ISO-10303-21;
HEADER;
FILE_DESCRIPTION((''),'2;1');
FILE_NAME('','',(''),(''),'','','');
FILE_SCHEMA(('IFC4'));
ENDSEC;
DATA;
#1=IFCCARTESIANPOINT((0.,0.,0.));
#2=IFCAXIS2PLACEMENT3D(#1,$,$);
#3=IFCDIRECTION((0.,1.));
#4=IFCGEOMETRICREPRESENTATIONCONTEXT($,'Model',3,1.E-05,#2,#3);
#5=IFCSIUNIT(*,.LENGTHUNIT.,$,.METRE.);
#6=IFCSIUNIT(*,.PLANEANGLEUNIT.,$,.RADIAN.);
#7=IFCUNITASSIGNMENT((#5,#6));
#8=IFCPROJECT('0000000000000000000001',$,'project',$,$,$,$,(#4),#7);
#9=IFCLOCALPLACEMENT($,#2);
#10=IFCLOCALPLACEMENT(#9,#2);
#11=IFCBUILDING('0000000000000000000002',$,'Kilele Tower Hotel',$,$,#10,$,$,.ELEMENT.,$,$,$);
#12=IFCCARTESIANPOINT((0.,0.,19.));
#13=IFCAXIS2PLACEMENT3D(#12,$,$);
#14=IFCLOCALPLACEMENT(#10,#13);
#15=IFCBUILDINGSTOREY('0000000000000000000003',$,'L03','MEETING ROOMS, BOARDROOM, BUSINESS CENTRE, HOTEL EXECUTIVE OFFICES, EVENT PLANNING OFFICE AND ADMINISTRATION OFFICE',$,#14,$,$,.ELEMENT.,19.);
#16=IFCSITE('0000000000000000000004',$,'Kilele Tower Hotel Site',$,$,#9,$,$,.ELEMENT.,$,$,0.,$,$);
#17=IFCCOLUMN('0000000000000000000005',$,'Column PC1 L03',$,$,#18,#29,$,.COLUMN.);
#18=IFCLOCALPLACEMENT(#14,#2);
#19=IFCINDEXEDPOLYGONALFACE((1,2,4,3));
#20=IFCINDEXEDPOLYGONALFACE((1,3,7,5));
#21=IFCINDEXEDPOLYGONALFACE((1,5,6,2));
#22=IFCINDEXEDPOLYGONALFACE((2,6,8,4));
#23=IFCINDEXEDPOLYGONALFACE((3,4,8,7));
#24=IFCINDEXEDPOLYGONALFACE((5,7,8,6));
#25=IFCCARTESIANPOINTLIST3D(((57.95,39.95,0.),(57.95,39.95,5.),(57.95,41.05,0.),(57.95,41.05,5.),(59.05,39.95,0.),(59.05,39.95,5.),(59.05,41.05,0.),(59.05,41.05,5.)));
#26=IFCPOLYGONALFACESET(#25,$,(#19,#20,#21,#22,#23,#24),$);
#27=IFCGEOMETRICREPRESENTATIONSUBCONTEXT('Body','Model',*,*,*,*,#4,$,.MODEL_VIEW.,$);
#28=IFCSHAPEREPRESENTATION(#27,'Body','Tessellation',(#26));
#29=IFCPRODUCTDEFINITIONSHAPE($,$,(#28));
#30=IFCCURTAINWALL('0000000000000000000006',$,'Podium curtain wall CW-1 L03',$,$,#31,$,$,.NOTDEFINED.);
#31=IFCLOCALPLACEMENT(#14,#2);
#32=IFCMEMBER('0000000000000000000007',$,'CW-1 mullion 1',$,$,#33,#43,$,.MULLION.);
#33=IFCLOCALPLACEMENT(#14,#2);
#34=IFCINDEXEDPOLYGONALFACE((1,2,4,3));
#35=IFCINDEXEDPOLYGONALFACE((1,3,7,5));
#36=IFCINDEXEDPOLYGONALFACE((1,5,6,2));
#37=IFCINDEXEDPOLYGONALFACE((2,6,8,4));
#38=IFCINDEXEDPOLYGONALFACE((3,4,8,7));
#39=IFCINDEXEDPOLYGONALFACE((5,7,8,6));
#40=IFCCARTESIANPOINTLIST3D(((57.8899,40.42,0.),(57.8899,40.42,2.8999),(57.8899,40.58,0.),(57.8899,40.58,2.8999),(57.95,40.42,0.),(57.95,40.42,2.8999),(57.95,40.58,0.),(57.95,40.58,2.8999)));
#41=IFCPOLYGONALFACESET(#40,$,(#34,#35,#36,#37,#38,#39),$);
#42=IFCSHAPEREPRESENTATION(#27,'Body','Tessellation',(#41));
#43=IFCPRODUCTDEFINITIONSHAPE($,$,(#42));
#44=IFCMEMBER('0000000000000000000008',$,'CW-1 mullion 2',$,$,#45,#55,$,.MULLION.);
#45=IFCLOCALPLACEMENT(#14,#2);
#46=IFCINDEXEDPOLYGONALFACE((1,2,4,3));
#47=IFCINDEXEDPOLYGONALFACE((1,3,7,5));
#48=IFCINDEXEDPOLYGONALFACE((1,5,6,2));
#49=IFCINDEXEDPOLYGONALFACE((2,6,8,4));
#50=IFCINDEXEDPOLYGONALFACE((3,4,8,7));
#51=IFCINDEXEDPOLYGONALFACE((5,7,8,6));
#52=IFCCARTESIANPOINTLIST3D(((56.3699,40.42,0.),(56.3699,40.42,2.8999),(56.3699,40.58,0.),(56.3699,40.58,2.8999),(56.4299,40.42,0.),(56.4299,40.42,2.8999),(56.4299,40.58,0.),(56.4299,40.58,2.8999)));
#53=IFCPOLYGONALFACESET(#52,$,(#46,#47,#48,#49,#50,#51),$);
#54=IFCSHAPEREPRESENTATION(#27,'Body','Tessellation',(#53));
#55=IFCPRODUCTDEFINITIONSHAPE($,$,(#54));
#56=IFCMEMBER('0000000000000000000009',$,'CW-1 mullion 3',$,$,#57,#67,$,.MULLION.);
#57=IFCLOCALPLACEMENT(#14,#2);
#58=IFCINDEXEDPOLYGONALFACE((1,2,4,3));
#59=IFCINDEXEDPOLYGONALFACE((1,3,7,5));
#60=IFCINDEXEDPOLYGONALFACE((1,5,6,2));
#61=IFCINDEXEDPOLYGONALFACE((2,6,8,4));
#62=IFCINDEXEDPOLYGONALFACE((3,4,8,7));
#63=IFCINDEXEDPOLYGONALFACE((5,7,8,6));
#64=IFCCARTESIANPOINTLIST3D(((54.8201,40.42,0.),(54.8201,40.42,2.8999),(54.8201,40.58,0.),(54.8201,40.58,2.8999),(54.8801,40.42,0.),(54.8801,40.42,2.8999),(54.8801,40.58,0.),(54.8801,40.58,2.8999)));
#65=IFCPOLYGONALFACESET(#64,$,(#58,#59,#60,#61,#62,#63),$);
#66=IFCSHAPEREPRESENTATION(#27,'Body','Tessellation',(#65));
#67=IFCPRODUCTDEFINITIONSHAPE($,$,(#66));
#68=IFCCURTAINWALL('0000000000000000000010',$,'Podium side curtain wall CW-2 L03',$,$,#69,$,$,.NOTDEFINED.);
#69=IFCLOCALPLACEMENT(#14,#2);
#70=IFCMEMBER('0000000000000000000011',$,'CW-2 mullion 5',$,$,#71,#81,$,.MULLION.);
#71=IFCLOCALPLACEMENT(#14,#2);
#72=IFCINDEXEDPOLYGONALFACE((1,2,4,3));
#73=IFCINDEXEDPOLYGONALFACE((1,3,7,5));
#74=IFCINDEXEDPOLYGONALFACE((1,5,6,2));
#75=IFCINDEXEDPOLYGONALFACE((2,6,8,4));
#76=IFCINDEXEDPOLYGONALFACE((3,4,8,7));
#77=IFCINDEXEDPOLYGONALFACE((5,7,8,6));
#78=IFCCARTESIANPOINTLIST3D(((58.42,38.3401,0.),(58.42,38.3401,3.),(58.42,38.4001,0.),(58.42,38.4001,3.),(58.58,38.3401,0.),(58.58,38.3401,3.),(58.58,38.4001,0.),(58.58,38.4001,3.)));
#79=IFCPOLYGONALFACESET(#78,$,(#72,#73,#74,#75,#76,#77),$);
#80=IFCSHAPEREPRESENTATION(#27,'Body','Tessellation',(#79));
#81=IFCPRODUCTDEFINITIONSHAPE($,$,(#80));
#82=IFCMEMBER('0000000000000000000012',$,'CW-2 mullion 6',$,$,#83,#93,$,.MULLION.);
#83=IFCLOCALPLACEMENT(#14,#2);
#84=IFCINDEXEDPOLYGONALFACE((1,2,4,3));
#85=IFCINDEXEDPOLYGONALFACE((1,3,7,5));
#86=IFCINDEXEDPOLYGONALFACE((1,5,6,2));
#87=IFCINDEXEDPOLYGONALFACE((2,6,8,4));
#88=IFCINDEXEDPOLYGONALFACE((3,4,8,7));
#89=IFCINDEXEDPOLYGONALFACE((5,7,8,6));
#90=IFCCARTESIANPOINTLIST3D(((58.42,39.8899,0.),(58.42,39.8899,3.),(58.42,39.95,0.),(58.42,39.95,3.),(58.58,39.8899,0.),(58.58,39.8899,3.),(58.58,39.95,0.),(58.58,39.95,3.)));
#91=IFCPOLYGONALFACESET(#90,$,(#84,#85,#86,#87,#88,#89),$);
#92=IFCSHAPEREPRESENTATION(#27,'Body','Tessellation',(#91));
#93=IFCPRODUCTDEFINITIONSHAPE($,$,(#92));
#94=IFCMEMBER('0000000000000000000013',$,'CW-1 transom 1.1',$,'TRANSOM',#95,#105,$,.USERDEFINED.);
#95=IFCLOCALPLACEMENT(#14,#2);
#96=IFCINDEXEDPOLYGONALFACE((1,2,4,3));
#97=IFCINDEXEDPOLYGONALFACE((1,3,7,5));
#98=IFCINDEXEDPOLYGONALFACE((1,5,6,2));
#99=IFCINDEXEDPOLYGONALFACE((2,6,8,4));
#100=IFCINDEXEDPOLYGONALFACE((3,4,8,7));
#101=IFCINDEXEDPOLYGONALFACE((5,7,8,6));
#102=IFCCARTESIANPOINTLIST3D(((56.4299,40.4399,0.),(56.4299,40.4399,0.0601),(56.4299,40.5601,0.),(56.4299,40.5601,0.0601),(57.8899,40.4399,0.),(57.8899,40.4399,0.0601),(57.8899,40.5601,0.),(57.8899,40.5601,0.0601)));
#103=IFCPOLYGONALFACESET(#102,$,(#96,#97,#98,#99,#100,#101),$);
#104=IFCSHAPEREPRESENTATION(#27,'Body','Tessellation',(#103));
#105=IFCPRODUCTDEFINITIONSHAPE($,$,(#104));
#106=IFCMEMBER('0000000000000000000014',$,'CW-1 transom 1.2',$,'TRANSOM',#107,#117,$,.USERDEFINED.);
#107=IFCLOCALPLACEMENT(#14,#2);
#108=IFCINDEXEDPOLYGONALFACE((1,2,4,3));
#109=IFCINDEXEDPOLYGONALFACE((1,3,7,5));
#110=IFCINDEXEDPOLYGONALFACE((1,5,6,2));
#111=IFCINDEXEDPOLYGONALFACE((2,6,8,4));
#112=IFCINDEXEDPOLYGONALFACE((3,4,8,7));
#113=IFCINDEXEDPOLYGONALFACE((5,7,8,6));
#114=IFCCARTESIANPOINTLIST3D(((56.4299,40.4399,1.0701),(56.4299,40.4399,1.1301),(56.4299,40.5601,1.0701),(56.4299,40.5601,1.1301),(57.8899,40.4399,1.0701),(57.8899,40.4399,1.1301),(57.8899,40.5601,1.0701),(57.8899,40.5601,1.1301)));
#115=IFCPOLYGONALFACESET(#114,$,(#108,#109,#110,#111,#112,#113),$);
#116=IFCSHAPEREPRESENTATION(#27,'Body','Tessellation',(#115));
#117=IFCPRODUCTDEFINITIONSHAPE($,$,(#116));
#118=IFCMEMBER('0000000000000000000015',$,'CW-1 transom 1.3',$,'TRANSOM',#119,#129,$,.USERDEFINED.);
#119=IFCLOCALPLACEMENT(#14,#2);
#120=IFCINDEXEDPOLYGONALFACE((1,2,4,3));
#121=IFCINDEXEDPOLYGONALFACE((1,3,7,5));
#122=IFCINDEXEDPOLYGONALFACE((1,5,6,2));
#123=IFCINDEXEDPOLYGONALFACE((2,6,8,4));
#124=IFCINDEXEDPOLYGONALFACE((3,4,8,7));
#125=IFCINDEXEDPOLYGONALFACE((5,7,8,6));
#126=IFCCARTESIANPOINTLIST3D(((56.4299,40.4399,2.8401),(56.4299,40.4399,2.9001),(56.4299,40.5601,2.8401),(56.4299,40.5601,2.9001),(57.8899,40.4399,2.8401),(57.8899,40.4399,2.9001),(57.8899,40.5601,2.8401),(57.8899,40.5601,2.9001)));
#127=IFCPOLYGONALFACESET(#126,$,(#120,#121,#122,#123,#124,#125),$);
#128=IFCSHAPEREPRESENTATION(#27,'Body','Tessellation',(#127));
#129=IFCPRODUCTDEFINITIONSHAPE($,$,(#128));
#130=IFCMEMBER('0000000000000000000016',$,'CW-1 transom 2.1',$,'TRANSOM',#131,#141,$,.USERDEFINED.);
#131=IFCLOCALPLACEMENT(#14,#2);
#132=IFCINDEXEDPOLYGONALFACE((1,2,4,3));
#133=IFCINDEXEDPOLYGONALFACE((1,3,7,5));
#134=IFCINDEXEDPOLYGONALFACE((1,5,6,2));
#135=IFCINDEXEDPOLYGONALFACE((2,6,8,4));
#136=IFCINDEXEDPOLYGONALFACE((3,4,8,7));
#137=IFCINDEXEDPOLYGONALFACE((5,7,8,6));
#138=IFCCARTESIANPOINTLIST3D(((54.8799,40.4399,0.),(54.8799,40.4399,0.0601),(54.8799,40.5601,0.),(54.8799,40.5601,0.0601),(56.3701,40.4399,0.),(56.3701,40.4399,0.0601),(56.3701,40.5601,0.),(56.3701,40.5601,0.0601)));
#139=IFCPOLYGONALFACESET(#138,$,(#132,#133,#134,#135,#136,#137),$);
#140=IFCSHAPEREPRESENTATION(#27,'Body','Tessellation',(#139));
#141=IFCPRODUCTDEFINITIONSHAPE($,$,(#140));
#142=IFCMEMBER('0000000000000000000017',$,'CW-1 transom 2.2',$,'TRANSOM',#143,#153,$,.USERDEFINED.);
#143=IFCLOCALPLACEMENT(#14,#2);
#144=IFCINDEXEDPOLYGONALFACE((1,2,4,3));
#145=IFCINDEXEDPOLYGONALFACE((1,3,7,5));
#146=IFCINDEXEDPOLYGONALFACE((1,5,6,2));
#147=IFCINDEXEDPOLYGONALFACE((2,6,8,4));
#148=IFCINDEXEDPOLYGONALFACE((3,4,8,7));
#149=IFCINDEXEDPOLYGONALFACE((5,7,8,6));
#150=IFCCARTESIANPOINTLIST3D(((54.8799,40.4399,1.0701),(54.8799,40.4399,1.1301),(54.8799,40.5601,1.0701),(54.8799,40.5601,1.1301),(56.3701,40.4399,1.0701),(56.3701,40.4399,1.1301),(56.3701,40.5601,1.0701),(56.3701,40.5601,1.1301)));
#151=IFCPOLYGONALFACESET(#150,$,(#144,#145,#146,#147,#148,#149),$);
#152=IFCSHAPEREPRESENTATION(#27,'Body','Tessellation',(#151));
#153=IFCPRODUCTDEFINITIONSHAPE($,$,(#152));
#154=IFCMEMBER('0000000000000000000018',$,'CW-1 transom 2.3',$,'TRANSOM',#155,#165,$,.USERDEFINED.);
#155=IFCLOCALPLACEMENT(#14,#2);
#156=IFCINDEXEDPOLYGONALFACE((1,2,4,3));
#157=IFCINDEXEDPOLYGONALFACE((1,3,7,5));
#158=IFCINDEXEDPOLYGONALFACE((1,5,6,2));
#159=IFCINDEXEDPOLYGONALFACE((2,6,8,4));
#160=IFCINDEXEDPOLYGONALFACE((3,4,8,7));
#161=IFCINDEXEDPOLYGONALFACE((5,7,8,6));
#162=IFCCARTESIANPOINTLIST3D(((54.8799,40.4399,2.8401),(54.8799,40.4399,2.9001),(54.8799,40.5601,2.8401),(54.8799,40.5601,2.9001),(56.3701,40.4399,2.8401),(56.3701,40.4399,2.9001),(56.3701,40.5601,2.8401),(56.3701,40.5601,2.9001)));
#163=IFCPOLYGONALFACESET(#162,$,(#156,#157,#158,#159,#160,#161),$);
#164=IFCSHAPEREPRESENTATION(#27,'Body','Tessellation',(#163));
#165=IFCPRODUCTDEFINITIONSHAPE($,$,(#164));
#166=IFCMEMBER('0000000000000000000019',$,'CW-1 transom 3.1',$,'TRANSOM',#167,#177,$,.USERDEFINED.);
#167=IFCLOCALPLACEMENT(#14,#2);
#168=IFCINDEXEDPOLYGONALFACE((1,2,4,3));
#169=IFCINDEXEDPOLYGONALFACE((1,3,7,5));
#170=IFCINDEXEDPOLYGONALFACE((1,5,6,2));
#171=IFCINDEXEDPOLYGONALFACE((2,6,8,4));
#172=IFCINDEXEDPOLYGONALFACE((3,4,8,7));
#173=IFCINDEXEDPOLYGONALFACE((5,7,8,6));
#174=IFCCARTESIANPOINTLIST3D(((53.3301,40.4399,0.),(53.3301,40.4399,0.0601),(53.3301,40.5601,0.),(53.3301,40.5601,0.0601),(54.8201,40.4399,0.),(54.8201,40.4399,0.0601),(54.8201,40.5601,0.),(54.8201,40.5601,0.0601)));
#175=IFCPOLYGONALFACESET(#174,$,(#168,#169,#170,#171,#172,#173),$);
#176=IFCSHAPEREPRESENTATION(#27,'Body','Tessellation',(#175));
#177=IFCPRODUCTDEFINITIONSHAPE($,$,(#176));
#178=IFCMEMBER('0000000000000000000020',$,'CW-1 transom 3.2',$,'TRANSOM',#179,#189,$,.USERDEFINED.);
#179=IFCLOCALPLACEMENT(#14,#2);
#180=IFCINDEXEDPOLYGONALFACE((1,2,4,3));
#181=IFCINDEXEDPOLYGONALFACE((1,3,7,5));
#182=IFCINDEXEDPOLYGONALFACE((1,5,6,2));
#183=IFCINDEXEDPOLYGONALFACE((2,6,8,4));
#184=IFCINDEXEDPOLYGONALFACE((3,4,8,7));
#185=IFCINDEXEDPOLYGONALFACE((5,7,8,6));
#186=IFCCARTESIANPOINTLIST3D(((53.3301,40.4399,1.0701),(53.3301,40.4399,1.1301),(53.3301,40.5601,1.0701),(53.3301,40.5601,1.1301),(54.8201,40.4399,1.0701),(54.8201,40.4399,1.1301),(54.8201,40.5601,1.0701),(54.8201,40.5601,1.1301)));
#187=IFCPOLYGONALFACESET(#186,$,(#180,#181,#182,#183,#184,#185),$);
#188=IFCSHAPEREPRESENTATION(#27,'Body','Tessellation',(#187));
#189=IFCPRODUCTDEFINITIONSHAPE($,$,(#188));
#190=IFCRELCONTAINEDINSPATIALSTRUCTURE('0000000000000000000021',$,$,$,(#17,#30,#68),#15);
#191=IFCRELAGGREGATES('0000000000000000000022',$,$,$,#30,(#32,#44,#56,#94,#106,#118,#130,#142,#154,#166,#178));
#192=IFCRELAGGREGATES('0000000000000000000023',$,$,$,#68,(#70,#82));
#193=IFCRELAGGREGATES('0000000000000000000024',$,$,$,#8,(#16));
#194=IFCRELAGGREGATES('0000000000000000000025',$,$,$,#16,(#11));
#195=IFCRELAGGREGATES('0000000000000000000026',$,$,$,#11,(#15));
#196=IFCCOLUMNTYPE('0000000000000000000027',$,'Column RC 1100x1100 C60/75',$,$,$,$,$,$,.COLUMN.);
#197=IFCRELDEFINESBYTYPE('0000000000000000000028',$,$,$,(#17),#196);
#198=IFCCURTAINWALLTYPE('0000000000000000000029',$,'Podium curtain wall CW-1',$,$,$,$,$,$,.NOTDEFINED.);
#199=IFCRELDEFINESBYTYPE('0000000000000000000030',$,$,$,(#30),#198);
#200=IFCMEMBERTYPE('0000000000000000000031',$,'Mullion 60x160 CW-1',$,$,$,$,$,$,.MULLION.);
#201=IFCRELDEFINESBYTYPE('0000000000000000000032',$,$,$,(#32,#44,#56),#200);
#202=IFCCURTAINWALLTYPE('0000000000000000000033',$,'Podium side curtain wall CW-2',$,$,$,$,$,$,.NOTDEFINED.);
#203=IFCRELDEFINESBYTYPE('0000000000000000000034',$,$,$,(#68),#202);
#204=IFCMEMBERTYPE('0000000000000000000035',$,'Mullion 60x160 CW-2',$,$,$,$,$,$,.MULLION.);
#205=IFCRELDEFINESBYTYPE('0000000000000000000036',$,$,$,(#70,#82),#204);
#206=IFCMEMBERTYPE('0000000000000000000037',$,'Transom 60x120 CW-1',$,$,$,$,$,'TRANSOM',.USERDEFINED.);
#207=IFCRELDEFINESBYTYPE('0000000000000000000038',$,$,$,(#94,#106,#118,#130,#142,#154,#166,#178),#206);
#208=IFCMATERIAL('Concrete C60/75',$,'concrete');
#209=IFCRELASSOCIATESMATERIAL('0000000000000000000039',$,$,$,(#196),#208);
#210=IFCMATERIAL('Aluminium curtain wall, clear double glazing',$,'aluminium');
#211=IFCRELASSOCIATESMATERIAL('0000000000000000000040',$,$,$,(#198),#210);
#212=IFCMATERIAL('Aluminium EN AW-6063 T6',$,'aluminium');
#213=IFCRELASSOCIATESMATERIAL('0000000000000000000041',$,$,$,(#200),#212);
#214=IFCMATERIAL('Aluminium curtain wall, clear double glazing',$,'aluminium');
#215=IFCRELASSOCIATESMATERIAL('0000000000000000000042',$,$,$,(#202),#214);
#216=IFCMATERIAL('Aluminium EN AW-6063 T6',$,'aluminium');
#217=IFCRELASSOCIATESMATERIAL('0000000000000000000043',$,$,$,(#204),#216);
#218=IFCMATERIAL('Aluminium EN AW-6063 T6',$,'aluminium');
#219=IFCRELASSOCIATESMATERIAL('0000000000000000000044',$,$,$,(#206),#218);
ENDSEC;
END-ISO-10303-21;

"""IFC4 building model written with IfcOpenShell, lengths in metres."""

from ifc_helpers import new_model, si_unit, direction, frame, origin, origin_2d, place, context, subcontext, project, spatial, rectangle, extrude, material, material_profile, profile_set, type_object, element, aggregate, save


model = new_model("IFC4")

# Units and contexts
model_context = context("Model", 3, precision=1e-05, world=origin(), true_north=direction((0.0, 1.0)))
body_context = subcontext(model_context, "Body", "Model", "MODEL_VIEW")
ifc_project = project(units=[si_unit("LENGTHUNIT", "METRE"), si_unit("PLANEANGLEUNIT", "RADIAN")], contexts=[model_context])

# Site, building, storey
site_placement = place(None, origin())
site = spatial("IfcSite", under=ifc_project, at=site_placement, Name="Kilele Tower Hotel Site", CompositionType="ELEMENT", RefElevation=0.0)
building_placement = place(site_placement, origin())
building = spatial("IfcBuilding", under=site, at=building_placement, Name="Kilele Tower Hotel", CompositionType="ELEMENT")
storey_placement = place(building_placement, frame((0.0, 0.0, 19.0)))
storey = spatial("IfcBuildingStorey", under=building, at=storey_placement, Name="L03", Description="MEETING ROOMS, BOARDROOM, BUSINESS CENTRE, HOTEL EXECUTIVE OFFICES, EVENT PLANNING OFFICE AND ADMINISTRATION OFFICE", CompositionType="ELEMENT", Elevation=19.0)

# Column
ifc_material_1 = material(Name="Concrete C60/75", Category="concrete")
ifc_material_profile_1 = material_profile(ifc_material_1, rectangle(XDim=1.1001, YDim=1.1001, at=origin_2d()))
ifc_profile_set_1 = profile_set([ifc_material_profile_1], Name="Concrete C60/75")
column_type = type_object("IfcColumnType", Name="Column RC 1100x1100 C60/75", PredefinedType="COLUMN", material=ifc_profile_set_1)
column_placement = place(storey_placement, frame((58.5, 40.5, 0.0), z_axis=(0.0, 0.0, 1.0), x_axis=(1.0, 0.0, 0.0)))
element("IfcColumn", 1, at=column_placement, inside=storey, type_object=column_type, Name="Column PC1 L03", PredefinedType="COLUMN", context=body_context, shape_type="SweptSolid", body=[
    extrude(rectangle(XDim=1.1001, YDim=1.1001, at=origin_2d()), origin(), (0.0, 0.0, 1.0), 5.0),
])

# Curtain walls, members
ifc_material_2 = material(Name="Aluminium curtain wall, clear double glazing", Category="aluminium")
curtain_wall_type_1 = type_object("IfcCurtainWallType", Name="Podium curtain wall CW-1", PredefinedType="NOTDEFINED", material=ifc_material_2)
curtain_wall_1_placement = place(storey_placement, origin())
curtain_wall_1 = element("IfcCurtainWall", 2, at=curtain_wall_1_placement, inside=storey, type_object=curtain_wall_type_1, Name="Podium curtain wall CW-1 L03", PredefinedType="NOTDEFINED")
ifc_material_3 = material(Name="Aluminium EN AW-6063 T6", Category="aluminium")
ifc_material_profile_2 = material_profile(ifc_material_3, rectangle(XDim=0.1599, YDim=0.0601, at=origin_2d()))
ifc_profile_set_2 = profile_set([ifc_material_profile_2], Name="Aluminium EN AW-6063 T6")
member_type_1 = type_object("IfcMemberType", Name="Mullion 60x160 CW-1", PredefinedType="MULLION", material=ifc_profile_set_2)
member_1_placement = place(storey_placement, frame((57.9199, 40.5, 0.0), z_axis=(0.0, 0.0, 1.0), x_axis=(0.0, -1.0, 0.0)))
member_1 = element("IfcMember", 3, at=member_1_placement, type_object=member_type_1, Name="CW-1 mullion 1", PredefinedType="MULLION", context=body_context, shape_type="SweptSolid", body=[
    extrude(rectangle(XDim=0.1599, YDim=0.0601, at=origin_2d()), origin(), (0.0, 0.0, 1.0), 2.8999),
])
member_2_placement = place(storey_placement, frame((56.3999, 40.5, 0.0), z_axis=(0.0, 0.0, 1.0), x_axis=(0.0, -1.0, 0.0)))
member_2 = element("IfcMember", 4, at=member_2_placement, type_object=member_type_1, Name="CW-1 mullion 2", PredefinedType="MULLION", context=body_context, shape_type="SweptSolid", body=[
    extrude(rectangle(XDim=0.1599, YDim=0.0601, at=origin_2d()), origin(), (0.0, 0.0, 1.0), 2.8999),
])
member_3_placement = place(storey_placement, frame((54.8501, 40.5, 0.0), z_axis=(0.0, 0.0, 1.0), x_axis=(0.0, -1.0, 0.0)))
member_3 = element("IfcMember", 5, at=member_3_placement, type_object=member_type_1, Name="CW-1 mullion 3", PredefinedType="MULLION", context=body_context, shape_type="SweptSolid", body=[
    extrude(rectangle(XDim=0.1599, YDim=0.0601, at=origin_2d()), origin(), (0.0, 0.0, 1.0), 2.8999),
])
ifc_material_4 = material(Name="Aluminium curtain wall, clear double glazing", Category="aluminium")
curtain_wall_type_2 = type_object("IfcCurtainWallType", Name="Podium side curtain wall CW-2", PredefinedType="NOTDEFINED", material=ifc_material_4)
curtain_wall_2_placement = place(storey_placement, origin())
curtain_wall_2 = element("IfcCurtainWall", 6, at=curtain_wall_2_placement, inside=storey, type_object=curtain_wall_type_2, Name="Podium side curtain wall CW-2 L03", PredefinedType="NOTDEFINED")
ifc_material_5 = material(Name="Aluminium EN AW-6063 T6", Category="aluminium")
ifc_material_profile_3 = material_profile(ifc_material_5, rectangle(XDim=0.1599, YDim=0.0601, at=origin_2d()))
ifc_profile_set_3 = profile_set([ifc_material_profile_3], Name="Aluminium EN AW-6063 T6")
member_type_2 = type_object("IfcMemberType", Name="Mullion 60x160 CW-2", PredefinedType="MULLION", material=ifc_profile_set_3)
member_4_placement = place(storey_placement, frame((58.5, 38.3701, 0.0), z_axis=(0.0, 0.0, 1.0), x_axis=(-1.0, 0.0, 0.0)))
member_4 = element("IfcMember", 7, at=member_4_placement, type_object=member_type_2, Name="CW-2 mullion 5", PredefinedType="MULLION", context=body_context, shape_type="SweptSolid", body=[
    extrude(rectangle(XDim=0.1599, YDim=0.0601, at=origin_2d()), origin(), (0.0, 0.0, 1.0), 3.0),
])
member_5_placement = place(storey_placement, frame((58.5, 39.9199, 0.0), z_axis=(0.0, 0.0, 1.0), x_axis=(-1.0, 0.0, 0.0)))
member_5 = element("IfcMember", 8, at=member_5_placement, type_object=member_type_2, Name="CW-2 mullion 6", PredefinedType="MULLION", context=body_context, shape_type="SweptSolid", body=[
    extrude(rectangle(XDim=0.1599, YDim=0.0601, at=origin_2d()), origin(), (0.0, 0.0, 1.0), 3.0),
])

# Members
ifc_material_6 = material(Name="Aluminium EN AW-6063 T6", Category="aluminium")
ifc_material_profile_4 = material_profile(ifc_material_6, rectangle(XDim=0.1201, YDim=0.0601, at=origin_2d()))
ifc_profile_set_4 = profile_set([ifc_material_profile_4], Name="Aluminium EN AW-6063 T6")
member_type_3 = type_object("IfcMemberType", Name="Transom 60x120 CW-1", ElementType="TRANSOM", PredefinedType="USERDEFINED", material=ifc_profile_set_4)
member_6_placement = place(storey_placement, frame((57.8899, 40.5, 0.03), z_axis=(-1.0, 0.0, 0.0), x_axis=(0.0, -1.0, 0.0)))
member_6 = element("IfcMember", 9, at=member_6_placement, type_object=member_type_3, Name="CW-1 transom 1.1", ObjectType="TRANSOM", PredefinedType="USERDEFINED", context=body_context, shape_type="SweptSolid", body=[
    extrude(rectangle(XDim=0.1201, YDim=0.0601, at=origin_2d()), origin(), (0.0, 0.0, 1.0), 1.46),
])
member_7_placement = place(storey_placement, frame((57.8899, 40.5, 1.1001), z_axis=(-1.0, 0.0, 0.0), x_axis=(0.0, -1.0, 0.0)))
member_7 = element("IfcMember", 10, at=member_7_placement, type_object=member_type_3, Name="CW-1 transom 1.2", ObjectType="TRANSOM", PredefinedType="USERDEFINED", context=body_context, shape_type="SweptSolid", body=[
    extrude(rectangle(XDim=0.1201, YDim=0.0601, at=origin_2d()), origin(), (0.0, 0.0, 1.0), 1.46),
])
member_8_placement = place(storey_placement, frame((57.8899, 40.5, 2.8701), z_axis=(-1.0, 0.0, 0.0), x_axis=(0.0, -1.0, 0.0)))
member_8 = element("IfcMember", 11, at=member_8_placement, type_object=member_type_3, Name="CW-1 transom 1.3", ObjectType="TRANSOM", PredefinedType="USERDEFINED", context=body_context, shape_type="SweptSolid", body=[
    extrude(rectangle(XDim=0.1201, YDim=0.0601, at=origin_2d()), origin(), (0.0, 0.0, 1.0), 1.46),
])
member_9_placement = place(storey_placement, frame((56.3701, 40.5, 0.03), z_axis=(-1.0, 0.0, 0.0), x_axis=(0.0, -1.0, 0.0)))
member_9 = element("IfcMember", 12, at=member_9_placement, type_object=member_type_3, Name="CW-1 transom 2.1", ObjectType="TRANSOM", PredefinedType="USERDEFINED", context=body_context, shape_type="SweptSolid", body=[
    extrude(rectangle(XDim=0.1201, YDim=0.0601, at=origin_2d()), origin(), (0.0, 0.0, 1.0), 1.4902),
])
member_10_placement = place(storey_placement, frame((56.3701, 40.5, 1.1001), z_axis=(-1.0, 0.0, 0.0), x_axis=(0.0, -1.0, 0.0)))
member_10 = element("IfcMember", 13, at=member_10_placement, type_object=member_type_3, Name="CW-1 transom 2.2", ObjectType="TRANSOM", PredefinedType="USERDEFINED", context=body_context, shape_type="SweptSolid", body=[
    extrude(rectangle(XDim=0.1201, YDim=0.0601, at=origin_2d()), origin(), (0.0, 0.0, 1.0), 1.4902),
])
member_11_placement = place(storey_placement, frame((56.3701, 40.5, 2.8701), z_axis=(-1.0, 0.0, 0.0), x_axis=(0.0, -1.0, 0.0)))
member_11 = element("IfcMember", 14, at=member_11_placement, type_object=member_type_3, Name="CW-1 transom 2.3", ObjectType="TRANSOM", PredefinedType="USERDEFINED", context=body_context, shape_type="SweptSolid", body=[
    extrude(rectangle(XDim=0.1201, YDim=0.0601, at=origin_2d()), origin(), (0.0, 0.0, 1.0), 1.4902),
])
member_12_placement = place(storey_placement, frame((54.8201, 40.5, 0.03), z_axis=(-1.0, 0.0, 0.0), x_axis=(0.0, -1.0, 0.0)))
member_12 = element("IfcMember", 15, at=member_12_placement, type_object=member_type_3, Name="CW-1 transom 3.1", ObjectType="TRANSOM", PredefinedType="USERDEFINED", context=body_context, shape_type="SweptSolid", body=[
    extrude(rectangle(XDim=0.1201, YDim=0.0601, at=origin_2d()), origin(), (0.0, 0.0, 1.0), 1.49),
])
member_13_placement = place(storey_placement, frame((54.8201, 40.5, 1.1001), z_axis=(-1.0, 0.0, 0.0), x_axis=(0.0, -1.0, 0.0)))
member_13 = element("IfcMember", 16, at=member_13_placement, type_object=member_type_3, Name="CW-1 transom 3.2", ObjectType="TRANSOM", PredefinedType="USERDEFINED", context=body_context, shape_type="SweptSolid", body=[
    extrude(rectangle(XDim=0.1201, YDim=0.0601, at=origin_2d()), origin(), (0.0, 0.0, 1.0), 1.49),
])

aggregate(curtain_wall_1, [member_1, member_2, member_3, member_6, member_7, member_8, member_9, member_10, member_11, member_12, member_13])
aggregate(curtain_wall_2, [member_4, member_5])

save(model, "model.ifc")
